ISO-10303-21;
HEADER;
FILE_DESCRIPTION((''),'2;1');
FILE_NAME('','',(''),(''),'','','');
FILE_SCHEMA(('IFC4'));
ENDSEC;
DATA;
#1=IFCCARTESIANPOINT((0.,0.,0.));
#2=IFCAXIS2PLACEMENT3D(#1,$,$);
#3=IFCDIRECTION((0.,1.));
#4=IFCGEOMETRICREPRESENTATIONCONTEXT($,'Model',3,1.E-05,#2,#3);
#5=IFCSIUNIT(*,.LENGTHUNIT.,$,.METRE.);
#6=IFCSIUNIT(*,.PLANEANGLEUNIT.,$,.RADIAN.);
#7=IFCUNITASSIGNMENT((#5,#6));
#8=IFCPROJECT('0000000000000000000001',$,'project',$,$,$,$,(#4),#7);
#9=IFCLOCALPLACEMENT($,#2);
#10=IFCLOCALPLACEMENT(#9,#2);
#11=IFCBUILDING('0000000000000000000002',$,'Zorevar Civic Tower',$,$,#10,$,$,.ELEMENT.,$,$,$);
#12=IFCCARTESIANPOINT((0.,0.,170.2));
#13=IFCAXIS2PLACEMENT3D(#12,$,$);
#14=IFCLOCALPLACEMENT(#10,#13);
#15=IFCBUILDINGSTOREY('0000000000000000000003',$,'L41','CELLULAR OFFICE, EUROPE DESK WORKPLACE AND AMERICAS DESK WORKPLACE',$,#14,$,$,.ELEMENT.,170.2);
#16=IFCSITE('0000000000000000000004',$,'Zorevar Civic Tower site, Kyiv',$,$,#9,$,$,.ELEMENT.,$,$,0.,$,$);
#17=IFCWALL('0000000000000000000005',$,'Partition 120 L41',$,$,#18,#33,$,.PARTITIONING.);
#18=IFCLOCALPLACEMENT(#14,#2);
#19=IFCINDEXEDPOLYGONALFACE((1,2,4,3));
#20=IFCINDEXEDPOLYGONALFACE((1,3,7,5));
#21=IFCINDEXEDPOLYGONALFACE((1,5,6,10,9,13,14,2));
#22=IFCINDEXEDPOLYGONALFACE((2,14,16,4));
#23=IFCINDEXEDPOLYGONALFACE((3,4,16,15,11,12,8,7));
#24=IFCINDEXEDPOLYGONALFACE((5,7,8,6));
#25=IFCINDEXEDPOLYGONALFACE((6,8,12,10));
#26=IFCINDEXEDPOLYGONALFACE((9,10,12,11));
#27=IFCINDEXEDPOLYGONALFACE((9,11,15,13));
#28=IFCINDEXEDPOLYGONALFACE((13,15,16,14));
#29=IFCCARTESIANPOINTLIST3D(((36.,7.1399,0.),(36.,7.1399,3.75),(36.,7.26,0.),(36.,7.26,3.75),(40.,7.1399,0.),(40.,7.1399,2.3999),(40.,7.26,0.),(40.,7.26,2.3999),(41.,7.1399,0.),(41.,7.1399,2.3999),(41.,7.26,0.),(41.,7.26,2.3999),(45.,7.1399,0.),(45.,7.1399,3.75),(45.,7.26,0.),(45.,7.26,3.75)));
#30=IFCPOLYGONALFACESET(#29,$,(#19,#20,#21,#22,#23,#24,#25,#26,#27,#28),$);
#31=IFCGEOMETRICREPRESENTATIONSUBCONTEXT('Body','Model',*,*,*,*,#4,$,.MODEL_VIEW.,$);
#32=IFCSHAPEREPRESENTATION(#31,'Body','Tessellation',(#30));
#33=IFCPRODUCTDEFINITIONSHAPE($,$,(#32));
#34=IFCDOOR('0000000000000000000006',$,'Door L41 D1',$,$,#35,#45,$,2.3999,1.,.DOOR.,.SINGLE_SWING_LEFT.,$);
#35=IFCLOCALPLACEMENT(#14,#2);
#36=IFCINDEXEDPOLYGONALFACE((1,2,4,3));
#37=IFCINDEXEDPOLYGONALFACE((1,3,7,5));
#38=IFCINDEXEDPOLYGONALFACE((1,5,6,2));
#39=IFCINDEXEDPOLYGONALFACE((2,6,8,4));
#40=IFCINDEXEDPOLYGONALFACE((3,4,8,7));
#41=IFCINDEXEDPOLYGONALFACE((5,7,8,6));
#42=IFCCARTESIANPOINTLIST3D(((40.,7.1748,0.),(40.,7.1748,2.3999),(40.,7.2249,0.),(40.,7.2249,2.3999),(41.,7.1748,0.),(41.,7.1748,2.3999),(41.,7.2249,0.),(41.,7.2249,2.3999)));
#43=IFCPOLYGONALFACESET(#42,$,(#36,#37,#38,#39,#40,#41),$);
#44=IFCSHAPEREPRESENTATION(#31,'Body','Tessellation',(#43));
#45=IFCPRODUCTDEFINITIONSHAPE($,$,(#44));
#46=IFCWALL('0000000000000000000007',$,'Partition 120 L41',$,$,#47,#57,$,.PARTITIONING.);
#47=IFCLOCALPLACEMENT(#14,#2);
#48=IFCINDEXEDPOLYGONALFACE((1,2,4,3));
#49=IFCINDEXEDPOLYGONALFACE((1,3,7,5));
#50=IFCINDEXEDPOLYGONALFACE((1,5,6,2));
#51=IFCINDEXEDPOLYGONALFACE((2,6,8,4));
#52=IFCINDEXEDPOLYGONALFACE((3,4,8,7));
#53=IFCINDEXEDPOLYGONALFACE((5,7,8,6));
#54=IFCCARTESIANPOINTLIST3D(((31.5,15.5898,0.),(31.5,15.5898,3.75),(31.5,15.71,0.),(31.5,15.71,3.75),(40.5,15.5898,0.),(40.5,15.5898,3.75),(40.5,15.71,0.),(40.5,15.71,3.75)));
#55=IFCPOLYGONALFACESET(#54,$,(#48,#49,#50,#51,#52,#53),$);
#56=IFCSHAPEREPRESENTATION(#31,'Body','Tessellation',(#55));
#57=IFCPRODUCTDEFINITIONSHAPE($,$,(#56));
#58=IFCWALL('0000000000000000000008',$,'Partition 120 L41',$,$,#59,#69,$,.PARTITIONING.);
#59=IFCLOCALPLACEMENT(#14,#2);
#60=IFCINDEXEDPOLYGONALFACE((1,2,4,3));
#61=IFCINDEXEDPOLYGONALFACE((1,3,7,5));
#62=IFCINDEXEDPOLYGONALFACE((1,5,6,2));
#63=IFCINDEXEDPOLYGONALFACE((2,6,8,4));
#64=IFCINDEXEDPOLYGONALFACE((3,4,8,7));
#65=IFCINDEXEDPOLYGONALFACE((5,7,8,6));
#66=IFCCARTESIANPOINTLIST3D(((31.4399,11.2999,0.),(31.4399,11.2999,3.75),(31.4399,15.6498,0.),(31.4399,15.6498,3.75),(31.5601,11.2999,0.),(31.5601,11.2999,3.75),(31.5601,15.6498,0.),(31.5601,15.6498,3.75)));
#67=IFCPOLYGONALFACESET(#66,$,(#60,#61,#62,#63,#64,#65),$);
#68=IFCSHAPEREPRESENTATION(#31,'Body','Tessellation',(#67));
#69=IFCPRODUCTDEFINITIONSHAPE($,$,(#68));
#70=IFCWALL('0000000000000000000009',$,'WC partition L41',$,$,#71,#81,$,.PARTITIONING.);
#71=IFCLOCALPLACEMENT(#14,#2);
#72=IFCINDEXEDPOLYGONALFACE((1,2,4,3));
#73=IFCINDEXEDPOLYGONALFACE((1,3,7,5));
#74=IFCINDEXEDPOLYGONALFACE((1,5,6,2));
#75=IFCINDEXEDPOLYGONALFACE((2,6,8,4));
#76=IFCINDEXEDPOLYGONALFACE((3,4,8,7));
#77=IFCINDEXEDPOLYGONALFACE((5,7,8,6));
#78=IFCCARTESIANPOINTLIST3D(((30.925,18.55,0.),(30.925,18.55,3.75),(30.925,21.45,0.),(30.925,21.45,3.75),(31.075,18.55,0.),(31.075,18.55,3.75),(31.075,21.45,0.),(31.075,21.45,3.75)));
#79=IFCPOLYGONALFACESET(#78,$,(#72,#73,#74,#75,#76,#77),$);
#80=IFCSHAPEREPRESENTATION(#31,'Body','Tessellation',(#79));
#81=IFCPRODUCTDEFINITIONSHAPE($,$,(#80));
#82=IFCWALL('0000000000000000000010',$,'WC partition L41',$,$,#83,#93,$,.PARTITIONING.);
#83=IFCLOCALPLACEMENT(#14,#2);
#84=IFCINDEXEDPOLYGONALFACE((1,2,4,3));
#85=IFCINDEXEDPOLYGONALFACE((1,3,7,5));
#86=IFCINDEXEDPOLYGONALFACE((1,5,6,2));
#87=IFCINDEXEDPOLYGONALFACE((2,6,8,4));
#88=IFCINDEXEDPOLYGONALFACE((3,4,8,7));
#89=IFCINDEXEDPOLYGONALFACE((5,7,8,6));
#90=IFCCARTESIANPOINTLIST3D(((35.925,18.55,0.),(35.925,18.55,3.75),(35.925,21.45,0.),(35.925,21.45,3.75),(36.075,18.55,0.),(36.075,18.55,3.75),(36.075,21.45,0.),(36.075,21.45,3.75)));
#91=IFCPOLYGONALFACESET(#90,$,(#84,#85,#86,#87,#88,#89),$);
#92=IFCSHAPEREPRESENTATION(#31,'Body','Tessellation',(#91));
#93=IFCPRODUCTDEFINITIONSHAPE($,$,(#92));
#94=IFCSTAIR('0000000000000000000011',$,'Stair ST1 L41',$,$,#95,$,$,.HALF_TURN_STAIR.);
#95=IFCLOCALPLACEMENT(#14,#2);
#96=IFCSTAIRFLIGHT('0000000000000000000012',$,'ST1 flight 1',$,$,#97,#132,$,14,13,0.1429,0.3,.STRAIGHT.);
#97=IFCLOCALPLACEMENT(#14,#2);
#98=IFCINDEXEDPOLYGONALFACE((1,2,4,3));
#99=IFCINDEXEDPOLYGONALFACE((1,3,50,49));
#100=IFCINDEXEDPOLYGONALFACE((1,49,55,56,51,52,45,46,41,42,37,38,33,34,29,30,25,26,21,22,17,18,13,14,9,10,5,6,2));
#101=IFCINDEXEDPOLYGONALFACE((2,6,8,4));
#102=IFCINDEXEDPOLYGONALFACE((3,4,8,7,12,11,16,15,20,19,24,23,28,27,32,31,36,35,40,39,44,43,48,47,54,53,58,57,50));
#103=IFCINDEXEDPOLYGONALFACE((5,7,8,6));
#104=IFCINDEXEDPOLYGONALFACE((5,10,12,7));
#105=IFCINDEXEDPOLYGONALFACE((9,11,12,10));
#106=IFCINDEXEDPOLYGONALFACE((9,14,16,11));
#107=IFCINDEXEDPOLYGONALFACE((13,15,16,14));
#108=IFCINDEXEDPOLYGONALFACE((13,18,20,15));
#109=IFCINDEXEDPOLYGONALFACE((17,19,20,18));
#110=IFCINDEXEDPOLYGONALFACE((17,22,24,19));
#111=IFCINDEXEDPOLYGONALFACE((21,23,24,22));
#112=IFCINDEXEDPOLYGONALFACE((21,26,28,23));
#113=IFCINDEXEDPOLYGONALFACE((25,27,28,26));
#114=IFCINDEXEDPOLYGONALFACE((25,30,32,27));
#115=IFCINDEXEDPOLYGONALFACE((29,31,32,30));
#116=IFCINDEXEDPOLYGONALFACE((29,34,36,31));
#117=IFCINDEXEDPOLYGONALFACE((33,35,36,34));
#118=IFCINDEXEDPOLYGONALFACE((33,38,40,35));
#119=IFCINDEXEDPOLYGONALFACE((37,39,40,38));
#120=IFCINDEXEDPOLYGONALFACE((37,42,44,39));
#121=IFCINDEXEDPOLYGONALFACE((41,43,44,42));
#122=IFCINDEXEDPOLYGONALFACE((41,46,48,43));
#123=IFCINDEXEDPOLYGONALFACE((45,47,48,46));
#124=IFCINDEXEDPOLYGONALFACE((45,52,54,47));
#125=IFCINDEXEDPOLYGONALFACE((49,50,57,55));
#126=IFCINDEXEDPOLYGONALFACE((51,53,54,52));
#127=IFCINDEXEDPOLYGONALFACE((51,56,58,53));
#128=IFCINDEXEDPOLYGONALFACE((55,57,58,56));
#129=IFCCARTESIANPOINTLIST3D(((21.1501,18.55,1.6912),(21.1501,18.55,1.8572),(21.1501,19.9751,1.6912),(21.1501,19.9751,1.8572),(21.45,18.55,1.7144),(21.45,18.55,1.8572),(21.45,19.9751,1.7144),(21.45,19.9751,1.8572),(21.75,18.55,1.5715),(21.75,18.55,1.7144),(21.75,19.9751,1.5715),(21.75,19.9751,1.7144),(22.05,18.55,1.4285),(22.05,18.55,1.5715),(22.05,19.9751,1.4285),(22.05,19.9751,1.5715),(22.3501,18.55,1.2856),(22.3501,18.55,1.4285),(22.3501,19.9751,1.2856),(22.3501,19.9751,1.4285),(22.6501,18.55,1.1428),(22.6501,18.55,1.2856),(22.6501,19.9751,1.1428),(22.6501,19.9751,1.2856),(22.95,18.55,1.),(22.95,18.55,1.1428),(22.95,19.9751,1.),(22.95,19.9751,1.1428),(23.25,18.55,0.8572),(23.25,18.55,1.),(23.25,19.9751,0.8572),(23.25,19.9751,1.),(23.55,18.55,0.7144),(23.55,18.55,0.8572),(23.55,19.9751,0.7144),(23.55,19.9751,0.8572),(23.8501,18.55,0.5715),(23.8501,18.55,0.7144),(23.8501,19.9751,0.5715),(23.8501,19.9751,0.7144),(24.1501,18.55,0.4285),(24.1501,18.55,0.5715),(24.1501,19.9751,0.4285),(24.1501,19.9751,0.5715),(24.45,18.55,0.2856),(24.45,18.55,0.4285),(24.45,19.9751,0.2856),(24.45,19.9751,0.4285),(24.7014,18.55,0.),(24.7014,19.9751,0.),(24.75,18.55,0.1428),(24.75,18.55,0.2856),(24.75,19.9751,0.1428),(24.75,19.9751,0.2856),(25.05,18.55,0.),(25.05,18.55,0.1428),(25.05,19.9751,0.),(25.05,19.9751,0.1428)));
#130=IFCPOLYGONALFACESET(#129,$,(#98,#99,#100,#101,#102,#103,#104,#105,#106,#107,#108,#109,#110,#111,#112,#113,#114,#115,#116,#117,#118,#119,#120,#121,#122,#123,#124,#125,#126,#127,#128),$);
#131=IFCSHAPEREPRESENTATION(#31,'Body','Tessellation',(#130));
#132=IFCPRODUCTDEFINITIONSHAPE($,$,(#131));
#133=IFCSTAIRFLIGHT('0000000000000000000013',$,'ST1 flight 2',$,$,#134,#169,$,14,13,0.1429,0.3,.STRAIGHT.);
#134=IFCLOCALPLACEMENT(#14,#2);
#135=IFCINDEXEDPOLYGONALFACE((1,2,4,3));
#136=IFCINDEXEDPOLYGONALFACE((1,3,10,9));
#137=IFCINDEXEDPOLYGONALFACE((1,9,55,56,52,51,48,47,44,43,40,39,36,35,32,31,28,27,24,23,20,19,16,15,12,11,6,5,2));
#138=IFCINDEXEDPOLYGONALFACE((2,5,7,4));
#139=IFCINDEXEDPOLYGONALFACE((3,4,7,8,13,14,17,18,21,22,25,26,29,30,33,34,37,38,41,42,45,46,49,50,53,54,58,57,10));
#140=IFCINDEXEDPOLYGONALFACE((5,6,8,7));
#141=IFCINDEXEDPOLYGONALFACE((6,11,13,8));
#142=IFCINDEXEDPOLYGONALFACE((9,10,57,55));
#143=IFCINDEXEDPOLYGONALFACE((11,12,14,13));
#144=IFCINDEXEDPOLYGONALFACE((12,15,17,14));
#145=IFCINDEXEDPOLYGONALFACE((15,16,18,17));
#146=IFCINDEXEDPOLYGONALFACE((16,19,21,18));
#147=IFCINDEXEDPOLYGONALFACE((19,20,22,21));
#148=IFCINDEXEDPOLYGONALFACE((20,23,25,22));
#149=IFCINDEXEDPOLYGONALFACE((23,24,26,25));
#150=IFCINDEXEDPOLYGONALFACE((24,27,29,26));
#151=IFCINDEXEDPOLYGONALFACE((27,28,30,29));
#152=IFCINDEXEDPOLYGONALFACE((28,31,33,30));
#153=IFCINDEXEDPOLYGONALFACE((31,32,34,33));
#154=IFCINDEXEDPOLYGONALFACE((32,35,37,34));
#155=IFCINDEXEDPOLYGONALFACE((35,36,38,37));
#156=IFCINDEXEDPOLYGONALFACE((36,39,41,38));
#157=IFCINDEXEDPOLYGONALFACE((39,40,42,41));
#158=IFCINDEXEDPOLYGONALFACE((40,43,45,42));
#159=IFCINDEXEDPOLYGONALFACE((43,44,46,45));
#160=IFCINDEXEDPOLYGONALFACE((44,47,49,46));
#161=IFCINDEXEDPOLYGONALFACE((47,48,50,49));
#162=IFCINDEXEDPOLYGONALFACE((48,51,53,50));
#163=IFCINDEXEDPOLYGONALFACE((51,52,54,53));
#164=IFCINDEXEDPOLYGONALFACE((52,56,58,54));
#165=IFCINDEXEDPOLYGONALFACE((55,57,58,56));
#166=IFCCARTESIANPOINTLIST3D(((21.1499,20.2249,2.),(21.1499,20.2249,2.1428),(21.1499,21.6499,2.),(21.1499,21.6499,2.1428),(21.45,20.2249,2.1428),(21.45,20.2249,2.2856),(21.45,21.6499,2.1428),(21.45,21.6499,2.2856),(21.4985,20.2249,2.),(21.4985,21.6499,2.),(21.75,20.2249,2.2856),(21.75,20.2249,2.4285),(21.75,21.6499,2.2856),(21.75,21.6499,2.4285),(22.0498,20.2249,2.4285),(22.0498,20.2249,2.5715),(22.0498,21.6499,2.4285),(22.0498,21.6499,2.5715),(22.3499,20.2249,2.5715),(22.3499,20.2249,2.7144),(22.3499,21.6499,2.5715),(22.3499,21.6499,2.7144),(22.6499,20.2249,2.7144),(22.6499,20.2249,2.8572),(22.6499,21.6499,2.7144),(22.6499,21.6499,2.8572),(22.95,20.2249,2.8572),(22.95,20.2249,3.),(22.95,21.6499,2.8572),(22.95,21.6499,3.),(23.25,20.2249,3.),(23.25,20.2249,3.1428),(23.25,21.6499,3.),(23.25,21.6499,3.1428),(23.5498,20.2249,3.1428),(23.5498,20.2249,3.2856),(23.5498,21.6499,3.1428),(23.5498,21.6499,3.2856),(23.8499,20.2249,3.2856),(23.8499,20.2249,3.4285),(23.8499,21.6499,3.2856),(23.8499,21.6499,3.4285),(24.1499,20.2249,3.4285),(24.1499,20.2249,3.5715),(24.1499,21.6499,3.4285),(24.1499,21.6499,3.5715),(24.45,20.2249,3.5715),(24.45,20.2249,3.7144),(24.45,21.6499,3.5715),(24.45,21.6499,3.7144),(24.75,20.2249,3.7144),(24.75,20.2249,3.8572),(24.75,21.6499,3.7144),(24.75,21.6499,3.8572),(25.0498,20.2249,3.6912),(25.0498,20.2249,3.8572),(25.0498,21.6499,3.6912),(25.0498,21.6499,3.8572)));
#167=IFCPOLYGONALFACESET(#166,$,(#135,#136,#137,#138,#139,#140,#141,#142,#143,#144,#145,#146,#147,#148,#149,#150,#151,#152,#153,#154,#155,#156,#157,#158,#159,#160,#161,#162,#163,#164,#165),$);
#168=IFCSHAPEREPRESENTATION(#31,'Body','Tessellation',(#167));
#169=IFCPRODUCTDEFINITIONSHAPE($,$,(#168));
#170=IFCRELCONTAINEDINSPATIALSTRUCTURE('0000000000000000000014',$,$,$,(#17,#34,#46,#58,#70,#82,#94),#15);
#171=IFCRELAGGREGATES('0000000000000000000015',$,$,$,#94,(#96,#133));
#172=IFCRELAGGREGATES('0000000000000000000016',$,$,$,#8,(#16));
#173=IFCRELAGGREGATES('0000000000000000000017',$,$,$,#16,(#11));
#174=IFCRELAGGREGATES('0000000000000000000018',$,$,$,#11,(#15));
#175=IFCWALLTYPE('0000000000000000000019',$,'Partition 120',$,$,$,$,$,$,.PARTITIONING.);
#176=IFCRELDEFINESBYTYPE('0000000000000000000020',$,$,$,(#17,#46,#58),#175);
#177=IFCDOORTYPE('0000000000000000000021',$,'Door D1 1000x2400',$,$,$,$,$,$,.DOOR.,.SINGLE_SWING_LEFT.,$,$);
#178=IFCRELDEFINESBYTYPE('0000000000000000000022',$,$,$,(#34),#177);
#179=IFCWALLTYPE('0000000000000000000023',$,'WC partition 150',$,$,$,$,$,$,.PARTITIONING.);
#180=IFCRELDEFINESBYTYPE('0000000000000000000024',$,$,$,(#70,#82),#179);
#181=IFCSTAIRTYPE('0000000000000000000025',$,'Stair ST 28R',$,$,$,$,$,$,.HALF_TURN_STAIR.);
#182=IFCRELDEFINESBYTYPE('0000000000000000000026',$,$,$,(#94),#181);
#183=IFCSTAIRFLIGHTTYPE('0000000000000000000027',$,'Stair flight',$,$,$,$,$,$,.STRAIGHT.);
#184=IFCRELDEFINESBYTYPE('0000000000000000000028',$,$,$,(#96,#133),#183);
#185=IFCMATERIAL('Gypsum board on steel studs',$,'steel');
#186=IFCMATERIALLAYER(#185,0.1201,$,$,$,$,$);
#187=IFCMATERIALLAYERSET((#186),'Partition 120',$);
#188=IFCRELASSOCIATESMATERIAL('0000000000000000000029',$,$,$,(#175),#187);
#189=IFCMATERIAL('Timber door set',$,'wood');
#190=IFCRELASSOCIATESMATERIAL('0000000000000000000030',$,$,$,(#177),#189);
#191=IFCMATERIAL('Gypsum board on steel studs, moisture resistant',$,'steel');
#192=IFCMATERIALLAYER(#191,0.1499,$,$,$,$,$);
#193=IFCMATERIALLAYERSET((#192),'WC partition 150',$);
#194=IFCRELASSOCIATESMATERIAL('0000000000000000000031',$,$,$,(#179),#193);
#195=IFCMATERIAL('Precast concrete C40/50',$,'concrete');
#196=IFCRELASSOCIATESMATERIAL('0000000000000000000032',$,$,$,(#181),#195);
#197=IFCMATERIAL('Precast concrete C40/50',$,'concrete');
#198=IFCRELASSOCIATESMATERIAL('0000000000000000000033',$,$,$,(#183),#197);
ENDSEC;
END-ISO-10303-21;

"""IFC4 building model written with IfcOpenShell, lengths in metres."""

from ifc_helpers import new_model, si_unit, direction, frame, frame_2d, origin, place, context, subcontext, project, spatial, polyline, rectangle, outline, extrude, material, layer, layer_set, type_object, element, fill, aggregate, save


model = new_model("IFC4")

# Units and contexts
model_context = context("Model", 3, precision=1e-05, world=origin(), true_north=direction((0.0, 1.0)))
body_context = subcontext(model_context, "Body", "Model", "MODEL_VIEW")
ifc_project = project(units=[si_unit("LENGTHUNIT", "METRE"), si_unit("PLANEANGLEUNIT", "RADIAN")], contexts=[model_context])

# Site, building, storey
site_placement = place(None, origin())
site = spatial("IfcSite", under=ifc_project, at=site_placement, Name="Zorevar Civic Tower site, Kyiv", CompositionType="ELEMENT", RefElevation=0.0)
building_placement = place(site_placement, origin())
building = spatial("IfcBuilding", under=site, at=building_placement, Name="Zorevar Civic Tower", CompositionType="ELEMENT")
storey_placement = place(building_placement, frame((0.0, 0.0, 170.2)))
storey = spatial("IfcBuildingStorey", under=building, at=storey_placement, Name="L41", Description="CELLULAR OFFICE, EUROPE DESK WORKPLACE AND AMERICAS DESK WORKPLACE", CompositionType="ELEMENT", Elevation=170.2)

# Wall, opening, door
ifc_material_1 = material(Name="Gypsum board on steel studs", Category="steel")
ifc_layer_1 = layer(ifc_material_1, 0.1201)
ifc_layer_set_1 = layer_set([ifc_layer_1], Name="Partition 120")
wall_type_1 = type_object("IfcWallType", Name="Partition 120", PredefinedType="PARTITIONING", material=ifc_layer_set_1)
ifc_material_2 = material(Name="Timber door set", Category="wood")
door_type_1 = type_object("IfcDoorType", Name="Door D1 1000x2400", OperationType="SINGLE_SWING_LEFT", PredefinedType="DOOR", material=ifc_material_2)
wall_1_placement = place(storey_placement, frame((36.0, 7.2, 0.0), z_axis=(0.0, 0.0, 1.0), x_axis=(1.0, 0.0, 0.0)))
wall_1 = element("IfcWall", 1, at=wall_1_placement, inside=storey, type_object=wall_type_1, Name="Partition 120 L41", PredefinedType="PARTITIONING", context=body_context, shape_type="SweptSolid", body=[
    extrude(rectangle(XDim=9.0, YDim=0.1201, at=frame_2d((4.5, 0.0))), origin(), (0.0, 0.0, 1.0), 3.75),
])
opening_1_placement = place(wall_1_placement, frame((4.0, 0.0, 0.0)))
opening_1 = element("IfcOpeningElement", 2, at=opening_1_placement, cuts=wall_1, PredefinedType="OPENING", context=body_context, shape_type="SweptSolid", body=[
    extrude(rectangle(XDim=1.0, YDim=2.3999, at=frame_2d((0.5, 1.2))), frame((0.0, 0.0701, 0.0), z_axis=(0.0, -1.0, 0.0), x_axis=(1.0, 0.0, 0.0)), (0.0, 0.0, 1.0), 0.1401),
])
door_1_placement = place(opening_1_placement, origin())
door_1 = element("IfcDoor", 3, at=door_1_placement, inside=storey, type_object=door_type_1, Name="Door L41 D1", OperationType="SINGLE_SWING_LEFT", OverallHeight=2.3999, OverallWidth=1.0, PredefinedType="DOOR", context=body_context, shape_type="SweptSolid", body=[
    extrude(rectangle(XDim=1.0, YDim=2.3999, at=frame_2d((0.5, 1.2))), frame((0.0, 0.0249, 0.0), z_axis=(0.0, -1.0, 0.0), x_axis=(1.0, 0.0, 0.0)), (0.0, 0.0, 1.0), 0.05),
])
fill(opening_1, door_1)

# Walls
wall_2_placement = place(storey_placement, frame((31.5, 15.6499, 0.0), z_axis=(0.0, 0.0, 1.0), x_axis=(1.0, 0.0, 0.0)))
element("IfcWall", 4, at=wall_2_placement, inside=storey, type_object=wall_type_1, Name="Partition 120 L41", PredefinedType="PARTITIONING", context=body_context, shape_type="SweptSolid", body=[
    extrude(rectangle(XDim=9.0, YDim=0.1201, at=frame_2d((4.5, 0.0))), origin(), (0.0, 0.0, 1.0), 3.75),
])
wall_3_placement = place(storey_placement, frame((31.5, 11.3, 0.0), z_axis=(0.0, 0.0, 1.0), x_axis=(0.0, 1.0, 0.0)))
element("IfcWall", 5, at=wall_3_placement, inside=storey, type_object=wall_type_1, Name="Partition 120 L41", PredefinedType="PARTITIONING", context=body_context, shape_type="SweptSolid", body=[
    extrude(rectangle(XDim=4.3499, YDim=0.1201, at=frame_2d((2.1748, 0.0))), origin(), (0.0, 0.0, 1.0), 3.75),
])
ifc_material_3 = material(Name="Gypsum board on steel studs, moisture resistant", Category="steel")
ifc_layer_2 = layer(ifc_material_3, 0.1499)
ifc_layer_set_2 = layer_set([ifc_layer_2], Name="WC partition 150")
wall_type_2 = type_object("IfcWallType", Name="WC partition 150", PredefinedType="PARTITIONING", material=ifc_layer_set_2)
for number, where, z_axis, x_axis, name in (
    (6, (31.0, 18.55, 0.0), (0.0, 0.0, 1.0), (0.0, 1.0, 0.0), "WC partition L41"),
    (7, (36.0, 18.55, 0.0), (0.0, 0.0, 1.0), (0.0, 1.0, 0.0), "WC partition L41"),
):
    element("IfcWall", number, at=place(storey_placement, frame(where, z_axis=z_axis, x_axis=x_axis)), inside=storey, type_object=wall_type_2, Name=name, PredefinedType="PARTITIONING", context=body_context, shape_type="SweptSolid", body=[
        extrude(rectangle(XDim=2.8999, YDim=0.1499, at=frame_2d((1.45, 0.0))), origin(), (0.0, 0.0, 1.0), 3.75),
    ])

# Stair, stair flights
ifc_material_4 = material(Name="Precast concrete C40/50", Category="concrete")
stair_type = type_object("IfcStairType", Name="Stair ST 28R", PredefinedType="HALF_TURN_STAIR", material=ifc_material_4)
stair_placement = place(storey_placement, origin())
stair = element("IfcStair", 8, at=stair_placement, inside=storey, type_object=stair_type, Name="Stair ST1 L41", PredefinedType="HALF_TURN_STAIR")
ifc_material_5 = material(Name="Precast concrete C40/50", Category="concrete")
stair_flight_type = type_object("IfcStairFlightType", Name="Stair flight", PredefinedType="STRAIGHT", material=ifc_material_5)
stair_flight_1_placement = place(storey_placement, frame((25.05, 19.2625, 0.0), z_axis=(0.0, 0.0, 1.0), x_axis=(-1.0, 0.0, 0.0)))
stair_flight_1 = element("IfcStairFlight", 9, at=stair_flight_1_placement, type_object=stair_flight_type, Name="ST1 flight 1", NumberOfRisers=14, NumberOfTreads=13, PredefinedType="STRAIGHT", RiserHeight=0.1429, TreadLength=0.3, context=body_context, shape_type="SweptSolid", body=[
    extrude(outline(polyline([(0.0, 0.0), (0.0, 0.1428), (0.3, 0.1428), (0.3, 0.2856), (0.6001, 0.2856), (0.6001, 0.4285), (0.8999, 0.4285), (0.8999, 0.5715), (1.2, 0.5715), (1.2, 0.7144), (1.5, 0.7144), (1.5, 0.8572), (1.8, 0.8572), (1.8, 1.0), (2.1001, 1.0), (2.1001, 1.1428), (2.3999, 1.1428), (2.3999, 1.2856), (2.7, 1.2856), (2.7, 1.4285), (3.0, 1.4285), (3.0, 1.5715), (3.3, 1.5715), (3.3, 1.7144), (3.6001, 1.7144), (3.6001, 1.8572), (3.8999, 1.8572), (3.8999, 2.0), (3.8999, 1.6912), (0.3486, 0.0), (0.0, 0.0)])), frame((0.0, 0.7124, 0.0), z_axis=(0.0, -1.0, 0.0), x_axis=(1.0, 0.0, 0.0)), (0.0, 0.0, 1.0), 1.425),
])
stair_flight_2_placement = place(storey_placement, frame((21.1499, 20.9375, 2.0), z_axis=(0.0, 0.0, 1.0), x_axis=(1.0, 0.0, 0.0)))
stair_flight_2 = element("IfcStairFlight", 10, at=stair_flight_2_placement, type_object=stair_flight_type, Name="ST1 flight 2", NumberOfRisers=14, NumberOfTreads=13, PredefinedType="STRAIGHT", RiserHeight=0.1429, TreadLength=0.3, context=body_context, shape_type="SweptSolid", body=[
    extrude(outline(polyline([(0.0, 0.0), (0.0, 0.1428), (0.3, 0.1428), (0.3, 0.2856), (0.6001, 0.2856), (0.6001, 0.4285), (0.8999, 0.4285), (0.8999, 0.5715), (1.2, 0.5715), (1.2, 0.7144), (1.5, 0.7144), (1.5, 0.8572), (1.8, 0.8572), (1.8, 1.0), (2.1001, 1.0), (2.1001, 1.1428), (2.3999, 1.1428), (2.3999, 1.2856), (2.7, 1.2856), (2.7, 1.4285), (3.0, 1.4285), (3.0, 1.5715), (3.3, 1.5715), (3.3, 1.7144), (3.6001, 1.7144), (3.6001, 1.8572), (3.8999, 1.8572), (3.8999, 2.0), (3.8999, 1.6912), (0.3486, 0.0), (0.0, 0.0)])), frame((0.0, 0.7124, 0.0), z_axis=(0.0, -1.0, 0.0), x_axis=(1.0, 0.0, 0.0)), (0.0, 0.0, 1.0), 1.425),
])
aggregate(stair, [stair_flight_1, stair_flight_2])

save(model, "model.ifc")
